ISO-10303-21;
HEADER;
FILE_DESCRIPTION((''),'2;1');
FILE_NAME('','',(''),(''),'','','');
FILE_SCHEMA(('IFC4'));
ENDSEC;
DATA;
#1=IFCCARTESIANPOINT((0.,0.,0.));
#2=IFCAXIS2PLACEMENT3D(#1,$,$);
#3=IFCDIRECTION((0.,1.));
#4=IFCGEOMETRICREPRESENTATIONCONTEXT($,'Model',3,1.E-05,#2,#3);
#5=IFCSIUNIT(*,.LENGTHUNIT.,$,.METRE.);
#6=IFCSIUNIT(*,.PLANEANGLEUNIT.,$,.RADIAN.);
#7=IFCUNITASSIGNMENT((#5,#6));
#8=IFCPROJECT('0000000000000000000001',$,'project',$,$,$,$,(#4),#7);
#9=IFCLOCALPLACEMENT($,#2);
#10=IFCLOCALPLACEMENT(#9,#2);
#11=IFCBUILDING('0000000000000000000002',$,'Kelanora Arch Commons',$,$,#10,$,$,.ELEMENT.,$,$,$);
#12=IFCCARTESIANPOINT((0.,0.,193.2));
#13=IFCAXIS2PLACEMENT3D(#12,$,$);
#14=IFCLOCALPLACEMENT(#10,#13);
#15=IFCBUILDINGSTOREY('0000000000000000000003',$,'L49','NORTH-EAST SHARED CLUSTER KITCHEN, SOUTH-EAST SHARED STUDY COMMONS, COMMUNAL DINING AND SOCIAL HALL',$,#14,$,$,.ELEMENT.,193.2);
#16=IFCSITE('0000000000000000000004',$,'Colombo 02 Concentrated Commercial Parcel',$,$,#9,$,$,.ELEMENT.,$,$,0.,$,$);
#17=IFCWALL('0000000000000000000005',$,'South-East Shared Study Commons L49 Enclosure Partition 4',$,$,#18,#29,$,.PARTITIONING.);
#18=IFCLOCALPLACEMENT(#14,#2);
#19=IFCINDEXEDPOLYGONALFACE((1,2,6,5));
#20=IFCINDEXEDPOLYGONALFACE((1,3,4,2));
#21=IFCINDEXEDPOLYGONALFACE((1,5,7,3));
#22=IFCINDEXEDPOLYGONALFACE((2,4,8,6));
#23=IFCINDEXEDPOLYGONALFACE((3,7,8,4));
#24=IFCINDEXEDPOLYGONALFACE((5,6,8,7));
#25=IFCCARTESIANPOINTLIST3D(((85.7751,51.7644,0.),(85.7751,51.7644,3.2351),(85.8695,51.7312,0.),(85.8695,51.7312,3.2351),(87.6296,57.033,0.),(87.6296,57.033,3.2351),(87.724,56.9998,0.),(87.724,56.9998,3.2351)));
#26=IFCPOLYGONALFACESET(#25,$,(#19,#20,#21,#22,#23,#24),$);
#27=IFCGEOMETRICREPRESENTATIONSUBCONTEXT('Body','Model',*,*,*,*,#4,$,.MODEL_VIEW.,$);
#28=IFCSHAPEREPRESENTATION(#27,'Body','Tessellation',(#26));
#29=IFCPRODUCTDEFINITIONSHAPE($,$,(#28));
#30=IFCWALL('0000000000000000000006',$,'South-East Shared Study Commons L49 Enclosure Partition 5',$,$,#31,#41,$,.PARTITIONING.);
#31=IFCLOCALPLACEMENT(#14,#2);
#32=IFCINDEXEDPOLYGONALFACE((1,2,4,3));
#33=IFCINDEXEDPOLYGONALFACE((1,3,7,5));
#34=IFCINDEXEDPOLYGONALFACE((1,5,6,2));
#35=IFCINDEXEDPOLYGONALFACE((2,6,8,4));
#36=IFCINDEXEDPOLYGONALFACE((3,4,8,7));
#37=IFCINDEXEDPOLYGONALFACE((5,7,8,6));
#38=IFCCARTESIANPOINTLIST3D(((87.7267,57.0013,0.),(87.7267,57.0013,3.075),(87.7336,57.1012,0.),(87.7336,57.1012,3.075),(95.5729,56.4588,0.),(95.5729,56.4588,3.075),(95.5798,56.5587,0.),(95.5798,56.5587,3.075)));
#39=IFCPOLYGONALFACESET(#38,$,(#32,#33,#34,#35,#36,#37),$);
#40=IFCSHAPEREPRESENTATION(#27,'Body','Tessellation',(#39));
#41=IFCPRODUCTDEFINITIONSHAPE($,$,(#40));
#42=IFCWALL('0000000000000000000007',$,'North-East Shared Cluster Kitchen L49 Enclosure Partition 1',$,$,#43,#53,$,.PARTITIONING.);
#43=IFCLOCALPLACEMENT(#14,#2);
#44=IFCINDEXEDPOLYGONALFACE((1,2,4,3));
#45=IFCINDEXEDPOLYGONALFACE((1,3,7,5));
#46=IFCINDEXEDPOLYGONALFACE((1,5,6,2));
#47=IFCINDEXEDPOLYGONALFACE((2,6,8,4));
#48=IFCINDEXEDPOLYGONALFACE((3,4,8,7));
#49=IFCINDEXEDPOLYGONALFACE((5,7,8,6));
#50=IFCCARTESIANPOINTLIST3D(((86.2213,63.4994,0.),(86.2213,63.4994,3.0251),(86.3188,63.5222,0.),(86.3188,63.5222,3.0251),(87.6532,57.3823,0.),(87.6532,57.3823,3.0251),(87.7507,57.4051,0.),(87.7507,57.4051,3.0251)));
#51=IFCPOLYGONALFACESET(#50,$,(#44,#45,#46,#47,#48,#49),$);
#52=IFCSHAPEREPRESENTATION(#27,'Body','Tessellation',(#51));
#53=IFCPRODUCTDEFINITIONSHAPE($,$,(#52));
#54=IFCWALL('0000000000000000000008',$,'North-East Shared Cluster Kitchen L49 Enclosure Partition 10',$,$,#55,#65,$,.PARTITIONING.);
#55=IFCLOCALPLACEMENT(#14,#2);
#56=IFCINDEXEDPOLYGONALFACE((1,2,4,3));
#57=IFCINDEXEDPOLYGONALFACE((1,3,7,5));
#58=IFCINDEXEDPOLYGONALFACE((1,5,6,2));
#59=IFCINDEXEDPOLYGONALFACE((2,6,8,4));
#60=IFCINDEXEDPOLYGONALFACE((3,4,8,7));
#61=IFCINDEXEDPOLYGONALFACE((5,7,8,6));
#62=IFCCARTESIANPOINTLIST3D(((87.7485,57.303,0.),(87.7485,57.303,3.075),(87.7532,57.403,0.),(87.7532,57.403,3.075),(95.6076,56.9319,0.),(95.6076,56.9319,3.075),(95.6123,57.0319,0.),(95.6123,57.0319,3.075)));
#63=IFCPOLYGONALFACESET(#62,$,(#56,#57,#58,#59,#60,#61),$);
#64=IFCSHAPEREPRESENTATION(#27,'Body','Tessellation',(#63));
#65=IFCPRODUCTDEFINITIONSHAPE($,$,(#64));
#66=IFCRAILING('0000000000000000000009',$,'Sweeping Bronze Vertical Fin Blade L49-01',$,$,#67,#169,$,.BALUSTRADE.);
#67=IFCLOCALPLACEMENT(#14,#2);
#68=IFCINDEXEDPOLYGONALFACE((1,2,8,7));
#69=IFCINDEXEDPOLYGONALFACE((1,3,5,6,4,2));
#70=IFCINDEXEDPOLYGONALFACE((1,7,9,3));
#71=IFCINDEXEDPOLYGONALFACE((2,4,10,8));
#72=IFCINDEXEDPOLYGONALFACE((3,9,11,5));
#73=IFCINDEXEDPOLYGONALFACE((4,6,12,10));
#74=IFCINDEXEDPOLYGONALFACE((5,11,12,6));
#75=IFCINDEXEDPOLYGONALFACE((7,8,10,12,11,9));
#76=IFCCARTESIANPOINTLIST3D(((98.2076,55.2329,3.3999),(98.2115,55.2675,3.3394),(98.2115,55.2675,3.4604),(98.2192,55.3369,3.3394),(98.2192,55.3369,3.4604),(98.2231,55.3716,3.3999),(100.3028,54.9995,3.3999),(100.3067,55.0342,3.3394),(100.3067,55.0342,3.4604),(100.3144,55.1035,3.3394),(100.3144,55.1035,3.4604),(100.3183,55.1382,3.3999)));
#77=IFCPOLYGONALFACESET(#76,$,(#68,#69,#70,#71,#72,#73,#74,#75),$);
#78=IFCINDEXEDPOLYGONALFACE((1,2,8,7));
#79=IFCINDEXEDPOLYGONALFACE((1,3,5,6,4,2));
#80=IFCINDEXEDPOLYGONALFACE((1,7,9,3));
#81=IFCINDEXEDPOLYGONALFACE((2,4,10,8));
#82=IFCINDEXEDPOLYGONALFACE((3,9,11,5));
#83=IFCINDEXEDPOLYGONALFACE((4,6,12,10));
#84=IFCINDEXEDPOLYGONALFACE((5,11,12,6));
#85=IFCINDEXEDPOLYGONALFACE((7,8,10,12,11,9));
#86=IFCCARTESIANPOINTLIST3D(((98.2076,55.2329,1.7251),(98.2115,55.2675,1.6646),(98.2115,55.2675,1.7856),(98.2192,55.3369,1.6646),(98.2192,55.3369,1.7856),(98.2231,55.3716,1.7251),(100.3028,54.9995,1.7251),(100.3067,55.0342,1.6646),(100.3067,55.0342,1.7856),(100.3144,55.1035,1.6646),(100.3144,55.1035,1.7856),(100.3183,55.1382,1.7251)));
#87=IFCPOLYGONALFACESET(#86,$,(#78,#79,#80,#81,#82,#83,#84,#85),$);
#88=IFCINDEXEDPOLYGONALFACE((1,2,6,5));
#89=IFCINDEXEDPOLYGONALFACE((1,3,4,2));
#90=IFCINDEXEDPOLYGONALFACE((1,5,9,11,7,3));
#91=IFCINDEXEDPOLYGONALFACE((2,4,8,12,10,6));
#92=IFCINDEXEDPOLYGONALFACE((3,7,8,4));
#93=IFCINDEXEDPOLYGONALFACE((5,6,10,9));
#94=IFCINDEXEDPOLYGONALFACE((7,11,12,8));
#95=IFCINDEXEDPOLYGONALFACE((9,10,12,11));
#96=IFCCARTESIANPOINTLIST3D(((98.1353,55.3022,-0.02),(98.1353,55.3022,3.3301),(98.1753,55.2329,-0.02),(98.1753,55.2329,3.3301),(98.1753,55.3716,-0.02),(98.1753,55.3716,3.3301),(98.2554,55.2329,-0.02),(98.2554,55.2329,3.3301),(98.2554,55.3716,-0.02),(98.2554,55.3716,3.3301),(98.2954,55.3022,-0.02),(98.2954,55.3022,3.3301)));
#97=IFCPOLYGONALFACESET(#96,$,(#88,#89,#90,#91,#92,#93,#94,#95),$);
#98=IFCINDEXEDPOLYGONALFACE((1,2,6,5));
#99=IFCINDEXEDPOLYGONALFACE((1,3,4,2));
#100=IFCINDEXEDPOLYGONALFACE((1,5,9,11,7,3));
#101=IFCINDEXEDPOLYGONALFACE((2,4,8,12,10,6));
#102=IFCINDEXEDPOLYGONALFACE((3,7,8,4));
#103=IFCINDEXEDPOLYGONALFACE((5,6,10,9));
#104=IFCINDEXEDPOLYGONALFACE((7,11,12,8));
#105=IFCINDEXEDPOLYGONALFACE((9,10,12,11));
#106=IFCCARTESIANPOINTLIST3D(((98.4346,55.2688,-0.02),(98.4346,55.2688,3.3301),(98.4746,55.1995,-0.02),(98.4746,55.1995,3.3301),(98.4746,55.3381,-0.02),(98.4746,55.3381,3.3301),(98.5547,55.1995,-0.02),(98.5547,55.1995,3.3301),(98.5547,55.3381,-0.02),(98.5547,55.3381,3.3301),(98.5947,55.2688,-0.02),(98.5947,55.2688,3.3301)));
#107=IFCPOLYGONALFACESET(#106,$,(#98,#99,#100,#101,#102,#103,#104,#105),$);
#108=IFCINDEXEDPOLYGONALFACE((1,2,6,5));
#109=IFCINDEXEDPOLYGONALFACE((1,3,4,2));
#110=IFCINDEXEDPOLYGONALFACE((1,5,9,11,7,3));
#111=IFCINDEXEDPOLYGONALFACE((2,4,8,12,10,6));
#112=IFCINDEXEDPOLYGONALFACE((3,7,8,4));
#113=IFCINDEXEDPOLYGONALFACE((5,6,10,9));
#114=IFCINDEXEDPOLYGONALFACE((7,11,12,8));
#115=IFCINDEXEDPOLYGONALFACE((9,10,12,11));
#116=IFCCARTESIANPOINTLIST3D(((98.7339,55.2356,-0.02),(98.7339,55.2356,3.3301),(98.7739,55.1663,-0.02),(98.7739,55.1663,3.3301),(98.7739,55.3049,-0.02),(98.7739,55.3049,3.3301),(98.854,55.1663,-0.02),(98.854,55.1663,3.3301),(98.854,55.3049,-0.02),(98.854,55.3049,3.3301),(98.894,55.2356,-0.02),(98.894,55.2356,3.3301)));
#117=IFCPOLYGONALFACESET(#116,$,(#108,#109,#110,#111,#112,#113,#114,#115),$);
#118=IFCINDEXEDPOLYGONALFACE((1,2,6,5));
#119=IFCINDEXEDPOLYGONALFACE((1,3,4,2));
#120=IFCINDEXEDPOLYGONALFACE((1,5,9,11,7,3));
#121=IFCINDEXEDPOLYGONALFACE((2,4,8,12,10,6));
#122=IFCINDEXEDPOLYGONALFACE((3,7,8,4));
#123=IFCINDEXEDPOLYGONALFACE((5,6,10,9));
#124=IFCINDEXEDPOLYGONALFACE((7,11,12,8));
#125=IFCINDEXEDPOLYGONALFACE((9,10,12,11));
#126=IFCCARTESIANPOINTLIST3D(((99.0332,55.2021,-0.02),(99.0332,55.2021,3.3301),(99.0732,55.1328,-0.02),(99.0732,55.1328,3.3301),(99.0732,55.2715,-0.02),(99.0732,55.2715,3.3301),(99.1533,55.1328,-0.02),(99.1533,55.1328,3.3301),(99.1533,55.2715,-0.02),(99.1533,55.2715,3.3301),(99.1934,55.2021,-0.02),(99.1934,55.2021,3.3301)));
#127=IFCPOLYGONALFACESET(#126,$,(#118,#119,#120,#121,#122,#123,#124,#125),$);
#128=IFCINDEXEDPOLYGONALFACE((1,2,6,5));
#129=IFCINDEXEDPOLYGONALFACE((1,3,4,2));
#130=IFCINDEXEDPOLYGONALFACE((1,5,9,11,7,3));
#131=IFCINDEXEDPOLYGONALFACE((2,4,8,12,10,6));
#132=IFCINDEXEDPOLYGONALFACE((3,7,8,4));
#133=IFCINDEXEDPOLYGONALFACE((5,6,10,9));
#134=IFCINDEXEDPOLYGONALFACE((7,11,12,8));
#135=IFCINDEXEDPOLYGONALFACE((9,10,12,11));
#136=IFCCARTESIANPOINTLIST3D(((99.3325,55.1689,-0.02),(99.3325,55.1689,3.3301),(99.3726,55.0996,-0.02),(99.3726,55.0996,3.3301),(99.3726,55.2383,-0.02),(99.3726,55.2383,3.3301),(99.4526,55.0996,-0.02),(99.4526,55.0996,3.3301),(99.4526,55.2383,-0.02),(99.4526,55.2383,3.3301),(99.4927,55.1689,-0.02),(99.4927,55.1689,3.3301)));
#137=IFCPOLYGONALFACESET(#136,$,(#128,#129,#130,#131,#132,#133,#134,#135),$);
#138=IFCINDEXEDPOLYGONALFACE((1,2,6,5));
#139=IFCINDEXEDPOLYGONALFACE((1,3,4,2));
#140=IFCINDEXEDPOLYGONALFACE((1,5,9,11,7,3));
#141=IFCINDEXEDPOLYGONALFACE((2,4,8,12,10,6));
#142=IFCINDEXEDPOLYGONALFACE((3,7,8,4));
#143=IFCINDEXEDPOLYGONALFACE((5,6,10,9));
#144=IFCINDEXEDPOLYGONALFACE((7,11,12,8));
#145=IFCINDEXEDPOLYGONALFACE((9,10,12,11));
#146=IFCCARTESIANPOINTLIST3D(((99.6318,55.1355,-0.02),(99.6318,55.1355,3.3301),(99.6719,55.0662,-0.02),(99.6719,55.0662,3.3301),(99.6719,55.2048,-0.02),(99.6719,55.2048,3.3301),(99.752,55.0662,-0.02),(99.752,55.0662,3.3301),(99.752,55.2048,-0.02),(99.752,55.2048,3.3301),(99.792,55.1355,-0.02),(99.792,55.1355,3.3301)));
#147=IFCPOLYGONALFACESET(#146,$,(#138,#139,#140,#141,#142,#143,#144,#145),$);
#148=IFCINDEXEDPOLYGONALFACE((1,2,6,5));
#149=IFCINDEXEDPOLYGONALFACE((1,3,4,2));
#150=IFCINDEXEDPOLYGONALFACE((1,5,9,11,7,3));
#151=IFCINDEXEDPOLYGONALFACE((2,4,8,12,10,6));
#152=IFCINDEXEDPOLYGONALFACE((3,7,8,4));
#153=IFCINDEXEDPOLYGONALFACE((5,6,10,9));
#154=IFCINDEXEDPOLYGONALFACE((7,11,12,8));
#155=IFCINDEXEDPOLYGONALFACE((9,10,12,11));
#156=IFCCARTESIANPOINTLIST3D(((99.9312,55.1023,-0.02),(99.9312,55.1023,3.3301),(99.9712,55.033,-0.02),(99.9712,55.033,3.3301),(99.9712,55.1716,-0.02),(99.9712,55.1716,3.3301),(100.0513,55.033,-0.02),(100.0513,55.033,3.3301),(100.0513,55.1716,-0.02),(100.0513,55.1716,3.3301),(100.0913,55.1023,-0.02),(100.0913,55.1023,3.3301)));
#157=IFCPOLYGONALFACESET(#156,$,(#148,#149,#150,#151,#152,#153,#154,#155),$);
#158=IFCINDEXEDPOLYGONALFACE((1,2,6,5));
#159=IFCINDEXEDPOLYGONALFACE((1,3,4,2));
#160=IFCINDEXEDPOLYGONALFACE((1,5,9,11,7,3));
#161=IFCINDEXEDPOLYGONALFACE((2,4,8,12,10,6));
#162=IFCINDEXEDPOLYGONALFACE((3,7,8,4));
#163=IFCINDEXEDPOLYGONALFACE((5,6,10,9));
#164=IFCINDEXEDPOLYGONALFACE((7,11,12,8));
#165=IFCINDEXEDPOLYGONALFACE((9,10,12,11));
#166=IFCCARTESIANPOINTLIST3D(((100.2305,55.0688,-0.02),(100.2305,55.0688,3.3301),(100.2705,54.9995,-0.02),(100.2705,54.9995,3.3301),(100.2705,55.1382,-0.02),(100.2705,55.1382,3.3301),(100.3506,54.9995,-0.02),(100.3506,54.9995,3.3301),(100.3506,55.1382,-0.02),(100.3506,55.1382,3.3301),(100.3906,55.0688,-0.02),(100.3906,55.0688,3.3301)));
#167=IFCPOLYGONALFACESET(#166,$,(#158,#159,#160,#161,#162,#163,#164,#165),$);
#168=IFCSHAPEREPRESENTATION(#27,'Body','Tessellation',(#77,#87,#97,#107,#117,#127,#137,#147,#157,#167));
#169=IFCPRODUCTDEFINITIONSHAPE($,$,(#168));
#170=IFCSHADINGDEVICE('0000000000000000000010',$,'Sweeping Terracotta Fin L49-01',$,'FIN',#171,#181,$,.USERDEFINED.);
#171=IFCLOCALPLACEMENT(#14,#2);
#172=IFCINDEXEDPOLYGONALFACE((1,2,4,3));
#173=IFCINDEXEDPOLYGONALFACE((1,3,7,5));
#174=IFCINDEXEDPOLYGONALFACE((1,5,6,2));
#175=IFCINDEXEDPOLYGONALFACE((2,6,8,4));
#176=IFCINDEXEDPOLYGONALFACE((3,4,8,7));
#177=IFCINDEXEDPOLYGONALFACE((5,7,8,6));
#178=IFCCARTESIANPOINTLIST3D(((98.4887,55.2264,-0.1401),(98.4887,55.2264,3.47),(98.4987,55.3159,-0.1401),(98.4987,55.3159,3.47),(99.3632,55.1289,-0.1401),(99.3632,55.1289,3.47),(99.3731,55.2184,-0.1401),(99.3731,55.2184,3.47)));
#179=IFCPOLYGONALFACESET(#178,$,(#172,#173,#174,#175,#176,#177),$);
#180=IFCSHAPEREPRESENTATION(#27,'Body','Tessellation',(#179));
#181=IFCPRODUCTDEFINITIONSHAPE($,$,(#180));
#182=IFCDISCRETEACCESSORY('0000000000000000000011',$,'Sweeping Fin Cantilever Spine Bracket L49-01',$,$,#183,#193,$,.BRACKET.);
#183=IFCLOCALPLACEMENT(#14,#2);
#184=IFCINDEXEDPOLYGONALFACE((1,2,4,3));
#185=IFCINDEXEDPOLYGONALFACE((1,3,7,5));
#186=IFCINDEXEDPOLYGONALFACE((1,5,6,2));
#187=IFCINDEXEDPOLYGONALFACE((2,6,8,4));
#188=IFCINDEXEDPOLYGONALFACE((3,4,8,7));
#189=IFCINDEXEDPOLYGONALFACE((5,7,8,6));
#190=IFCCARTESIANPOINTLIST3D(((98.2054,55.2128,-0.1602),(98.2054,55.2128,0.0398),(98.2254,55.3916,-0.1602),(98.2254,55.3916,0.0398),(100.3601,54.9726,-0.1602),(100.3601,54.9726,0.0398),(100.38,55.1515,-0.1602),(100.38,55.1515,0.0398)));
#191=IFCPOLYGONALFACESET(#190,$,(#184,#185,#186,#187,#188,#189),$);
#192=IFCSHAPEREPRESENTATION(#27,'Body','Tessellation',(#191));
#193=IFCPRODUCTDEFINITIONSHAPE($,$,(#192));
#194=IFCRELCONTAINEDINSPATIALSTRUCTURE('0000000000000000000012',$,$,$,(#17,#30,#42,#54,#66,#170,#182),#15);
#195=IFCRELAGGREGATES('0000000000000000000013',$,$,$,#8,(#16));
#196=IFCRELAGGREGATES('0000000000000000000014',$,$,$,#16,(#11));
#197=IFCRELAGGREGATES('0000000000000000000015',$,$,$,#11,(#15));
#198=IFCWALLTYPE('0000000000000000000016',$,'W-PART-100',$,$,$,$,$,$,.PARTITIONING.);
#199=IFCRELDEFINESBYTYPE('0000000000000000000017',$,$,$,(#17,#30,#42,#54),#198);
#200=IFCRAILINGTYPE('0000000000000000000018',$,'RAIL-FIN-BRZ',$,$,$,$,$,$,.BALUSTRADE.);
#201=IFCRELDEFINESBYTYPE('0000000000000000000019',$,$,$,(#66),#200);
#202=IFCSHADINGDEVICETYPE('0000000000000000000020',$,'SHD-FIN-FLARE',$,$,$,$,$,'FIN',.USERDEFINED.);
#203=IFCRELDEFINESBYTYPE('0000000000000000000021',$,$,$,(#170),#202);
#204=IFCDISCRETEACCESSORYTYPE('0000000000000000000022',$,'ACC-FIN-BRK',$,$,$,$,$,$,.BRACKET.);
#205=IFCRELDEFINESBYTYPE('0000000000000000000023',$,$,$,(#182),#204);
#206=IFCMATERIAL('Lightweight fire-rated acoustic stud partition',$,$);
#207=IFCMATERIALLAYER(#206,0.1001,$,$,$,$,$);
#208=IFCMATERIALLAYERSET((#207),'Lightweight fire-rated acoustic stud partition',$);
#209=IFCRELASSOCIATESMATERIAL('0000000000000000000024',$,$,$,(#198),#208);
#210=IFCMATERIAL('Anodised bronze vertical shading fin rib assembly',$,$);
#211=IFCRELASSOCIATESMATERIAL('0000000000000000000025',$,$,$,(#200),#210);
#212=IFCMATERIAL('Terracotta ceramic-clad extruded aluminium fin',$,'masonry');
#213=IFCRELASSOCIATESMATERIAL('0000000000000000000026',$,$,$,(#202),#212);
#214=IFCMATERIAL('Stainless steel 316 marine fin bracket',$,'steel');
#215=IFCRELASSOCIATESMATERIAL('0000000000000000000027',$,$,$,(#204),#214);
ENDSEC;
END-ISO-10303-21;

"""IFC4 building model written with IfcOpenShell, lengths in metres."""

from ifc_helpers import new_model, si_unit, direction, frame, frame_2d, origin, origin_2d, place, context, subcontext, project, spatial, polyline, rectangle, outline, extrude, source, transform, mapped, material, layer, layer_set, type_object, element, save


model = new_model("IFC4")

# Units and contexts
model_context = context("Model", 3, precision=1e-05, world=origin(), true_north=direction((0.0, 1.0)))
body_context = subcontext(model_context, "Body", "Model", "MODEL_VIEW")
ifc_project = project(units=[si_unit("LENGTHUNIT", "METRE"), si_unit("PLANEANGLEUNIT", "RADIAN")], contexts=[model_context])

# Site, building, storey
site_placement = place(None, origin())
site = spatial("IfcSite", under=ifc_project, at=site_placement, Name="Colombo 02 Concentrated Commercial Parcel", CompositionType="ELEMENT", RefElevation=0.0)
building_placement = place(site_placement, origin())
building = spatial("IfcBuilding", under=site, at=building_placement, Name="Kelanora Arch Commons", CompositionType="ELEMENT")
storey_placement = place(building_placement, frame((0.0, 0.0, 193.2)))
storey = spatial("IfcBuildingStorey", under=building, at=storey_placement, Name="L49", Description="NORTH-EAST SHARED CLUSTER KITCHEN, SOUTH-EAST SHARED STUDY COMMONS, COMMUNAL DINING AND SOCIAL HALL", CompositionType="ELEMENT", Elevation=193.2)

# Walls
ifc_material_1 = material(Name="Lightweight fire-rated acoustic stud partition")
ifc_layer_1 = layer(ifc_material_1, 0.1001)
ifc_layer_set_1 = layer_set([ifc_layer_1], Name="Lightweight fire-rated acoustic stud partition")
wall_type_1 = type_object("IfcWallType", Name="W-PART-100", PredefinedType="PARTITIONING", material=ifc_layer_set_1)
wall_1_placement = place(storey_placement, frame((85.8223, 51.7478, 0.0), z_axis=(0.0, 0.0, 1.0), x_axis=(0.332024, 0.943271, 0.0)))
element("IfcWall", 1, at=wall_1_placement, inside=storey, type_object=wall_type_1, Name="South-East Shared Study Commons L49 Enclosure Partition 4", PredefinedType="PARTITIONING", context=body_context, shape_type="SweptSolid", body=[
    extrude(rectangle(XDim=5.5854, YDim=0.1001, at=frame_2d((2.7927, 0.0))), origin(), (0.0, 0.0, 1.0), 3.2351),
])
wall_2_placement = place(storey_placement, frame((87.73, 57.0513, 0.0), z_axis=(0.0, 0.0, 1.0), x_axis=(0.997618, -0.068975, 0.0)))
element("IfcWall", 2, at=wall_2_placement, inside=storey, type_object=wall_type_1, Name="South-East Shared Study Commons L49 Enclosure Partition 5", PredefinedType="PARTITIONING", context=body_context, shape_type="SweptSolid", body=[
    extrude(rectangle(XDim=7.865, YDim=0.1001, at=frame_2d((3.9326, 0.0))), origin(), (0.0, 0.0, 1.0), 3.075),
])
wall_3_placement = place(storey_placement, frame((87.7019, 57.3938, 0.0), z_axis=(0.0, 0.0, 1.0), x_axis=(-0.227915, 0.973681, 0.0)))
element("IfcWall", 3, at=wall_3_placement, inside=storey, type_object=wall_type_1, Name="North-East Shared Cluster Kitchen L49 Enclosure Partition 1", PredefinedType="PARTITIONING", context=body_context, shape_type="SweptSolid", body=[
    extrude(rectangle(XDim=6.2825, YDim=0.1001, at=frame_2d((3.1411, 0.0))), origin(), (0.0, 0.0, 1.0), 3.0251),
])
wall_4_placement = place(storey_placement, frame((95.6101, 56.9819, 0.0), z_axis=(0.0, 0.0, 1.0), x_axis=(-0.998887, 0.047166, 0.0)))
element("IfcWall", 4, at=wall_4_placement, inside=storey, type_object=wall_type_1, Name="North-East Shared Cluster Kitchen L49 Enclosure Partition 10", PredefinedType="PARTITIONING", context=body_context, shape_type="SweptSolid", body=[
    extrude(rectangle(XDim=7.8679, YDim=0.1001, at=frame_2d((3.9341, 0.0))), origin(), (0.0, 0.0, 1.0), 3.075),
])

# Railing
ifc_material_2 = material(Name="Anodised bronze vertical shading fin rib assembly")
railing_type = type_object("IfcRailingType", Name="RAIL-FIN-BRZ", PredefinedType="BALUSTRADE", material=ifc_material_2)
railing_placement = place(storey_placement, frame((98.2153, 55.3022, -0.02)))
element("IfcRailing", 5, at=railing_placement, inside=storey, type_object=railing_type, Name="Sweeping Bronze Vertical Fin Blade L49-01", PredefinedType="BALUSTRADE", context=body_context, shape_type="SweptSolid", body=[
    extrude(outline(polyline([(0.0698, 0.0), (0.0349, 0.0605), (-0.0349, 0.0605), (-0.0698, 0.0), (-0.0349, -0.0605), (0.0349, -0.0605), (0.0698, 0.0)])), frame((0.0, 0.0, 3.4199), z_axis=(0.993853, -0.110711, 0.0), x_axis=(0.110711, 0.993853, 0.0)), (0.0, 0.0, 1.0), 2.1082),
    extrude(outline(polyline([(0.0698, 0.0), (0.0349, 0.0605), (-0.0349, 0.0605), (-0.0698, 0.0), (-0.0349, -0.0605), (0.0349, -0.0605), (0.0698, 0.0)])), frame((0.0, 0.0, 1.7451), z_axis=(0.993853, -0.110711, 0.0), x_axis=(0.110711, 0.993853, 0.0)), (0.0, 0.0, 1.0), 2.1082),
    extrude(outline(polyline([(0.0801, 0.0), (0.04, 0.0693), (-0.04, 0.0693), (-0.0801, 0.0), (-0.04, -0.0693), (0.04, -0.0693), (0.0801, 0.0)])), origin(), (0.0, 0.0, 1.0), 3.3501),
    extrude(outline(polyline([(0.0801, 0.0), (0.04, 0.0693), (-0.04, 0.0693), (-0.0801, 0.0), (-0.04, -0.0693), (0.04, -0.0693), (0.0801, 0.0)])), frame((0.2993, -0.0334, 0.0)), (0.0, 0.0, 1.0), 3.3501),
    extrude(outline(polyline([(0.0801, 0.0), (0.04, 0.0693), (-0.04, 0.0693), (-0.0801, 0.0), (-0.04, -0.0693), (0.04, -0.0693), (0.0801, 0.0)])), frame((0.5986, -0.0667, 0.0)), (0.0, 0.0, 1.0), 3.3501),
    extrude(outline(polyline([(0.0801, 0.0), (0.04, 0.0693), (-0.04, 0.0693), (-0.0801, 0.0), (-0.04, -0.0693), (0.04, -0.0693), (0.0801, 0.0)])), frame((0.8979, -0.1001, 0.0)), (0.0, 0.0, 1.0), 3.3501),
    extrude(outline(polyline([(0.0801, 0.0), (0.04, 0.0693), (-0.04, 0.0693), (-0.0801, 0.0), (-0.04, -0.0693), (0.04, -0.0693), (0.0801, 0.0)])), frame((1.1973, -0.1333, 0.0)), (0.0, 0.0, 1.0), 3.3501),
    extrude(outline(polyline([(0.0801, 0.0), (0.04, 0.0693), (-0.04, 0.0693), (-0.0801, 0.0), (-0.04, -0.0693), (0.04, -0.0693), (0.0801, 0.0)])), frame((1.4966, -0.1667, 0.0)), (0.0, 0.0, 1.0), 3.3501),
    extrude(outline(polyline([(0.0801, 0.0), (0.04, 0.0693), (-0.04, 0.0693), (-0.0801, 0.0), (-0.04, -0.0693), (0.04, -0.0693), (0.0801, 0.0)])), frame((1.7959, -0.2, 0.0)), (0.0, 0.0, 1.0), 3.3501),
    extrude(outline(polyline([(0.0801, 0.0), (0.04, 0.0693), (-0.04, 0.0693), (-0.0801, 0.0), (-0.04, -0.0693), (0.04, -0.0693), (0.0801, 0.0)])), frame((2.0952, -0.2334, 0.0)), (0.0, 0.0, 1.0), 3.3501),
])

# Shading device
ifc_material_3 = material(Name="Terracotta ceramic-clad extruded aluminium fin", Category="masonry")
shading_device_type = type_object("IfcShadingDeviceType", Name="SHD-FIN-FLARE", ElementType="FIN", PredefinedType="USERDEFINED", material=ifc_material_3)
shared_shape_1 = source(origin(), body_context, "Body", "SweptSolid", [
    extrude(rectangle(XDim=0.8799, YDim=0.0901, at=origin_2d()), origin(), (0.0, 0.0, 1.0), 3.6101),
])
shading_device_placement = place(storey_placement, frame((98.9309, 55.2224, -0.1401), z_axis=(0.0, 0.0, 1.0), x_axis=(0.993845, -0.110775, 0.0)))
element("IfcShadingDevice", 6, at=shading_device_placement, inside=storey, type_object=shading_device_type, Name="Sweeping Terracotta Fin L49-01", ObjectType="FIN", PredefinedType="USERDEFINED", context=body_context, shape_type="MappedRepresentation", body=[
    mapped(shared_shape_1, transform((0.0, 0.0, 0.0), scale=1.0)),
])

# Discrete accessory
ifc_material_4 = material(Name="Stainless steel 316 marine fin bracket", Category="steel")
discrete_accessory_type = type_object("IfcDiscreteAccessoryType", Name="ACC-FIN-BRK", PredefinedType="BRACKET", material=ifc_material_4)
shared_shape_2 = source(origin(), body_context, "Body", "SweptSolid", [
    extrude(rectangle(XDim=2.168, YDim=0.1799, at=origin_2d()), origin(), (0.0, 0.0, 1.0), 0.2),
])
discrete_accessory_placement = place(storey_placement, frame((99.2927, 55.1821, -0.1602), z_axis=(0.0, 0.0, 1.0), x_axis=(0.993845, -0.110775, 0.0)))
element("IfcDiscreteAccessory", 7, at=discrete_accessory_placement, inside=storey, type_object=discrete_accessory_type, Name="Sweeping Fin Cantilever Spine Bracket L49-01", PredefinedType="BRACKET", context=body_context, shape_type="MappedRepresentation", body=[
    mapped(shared_shape_2, transform((0.0, 0.0, 0.0), scale=1.0)),
])

save(model, "model.ifc")
